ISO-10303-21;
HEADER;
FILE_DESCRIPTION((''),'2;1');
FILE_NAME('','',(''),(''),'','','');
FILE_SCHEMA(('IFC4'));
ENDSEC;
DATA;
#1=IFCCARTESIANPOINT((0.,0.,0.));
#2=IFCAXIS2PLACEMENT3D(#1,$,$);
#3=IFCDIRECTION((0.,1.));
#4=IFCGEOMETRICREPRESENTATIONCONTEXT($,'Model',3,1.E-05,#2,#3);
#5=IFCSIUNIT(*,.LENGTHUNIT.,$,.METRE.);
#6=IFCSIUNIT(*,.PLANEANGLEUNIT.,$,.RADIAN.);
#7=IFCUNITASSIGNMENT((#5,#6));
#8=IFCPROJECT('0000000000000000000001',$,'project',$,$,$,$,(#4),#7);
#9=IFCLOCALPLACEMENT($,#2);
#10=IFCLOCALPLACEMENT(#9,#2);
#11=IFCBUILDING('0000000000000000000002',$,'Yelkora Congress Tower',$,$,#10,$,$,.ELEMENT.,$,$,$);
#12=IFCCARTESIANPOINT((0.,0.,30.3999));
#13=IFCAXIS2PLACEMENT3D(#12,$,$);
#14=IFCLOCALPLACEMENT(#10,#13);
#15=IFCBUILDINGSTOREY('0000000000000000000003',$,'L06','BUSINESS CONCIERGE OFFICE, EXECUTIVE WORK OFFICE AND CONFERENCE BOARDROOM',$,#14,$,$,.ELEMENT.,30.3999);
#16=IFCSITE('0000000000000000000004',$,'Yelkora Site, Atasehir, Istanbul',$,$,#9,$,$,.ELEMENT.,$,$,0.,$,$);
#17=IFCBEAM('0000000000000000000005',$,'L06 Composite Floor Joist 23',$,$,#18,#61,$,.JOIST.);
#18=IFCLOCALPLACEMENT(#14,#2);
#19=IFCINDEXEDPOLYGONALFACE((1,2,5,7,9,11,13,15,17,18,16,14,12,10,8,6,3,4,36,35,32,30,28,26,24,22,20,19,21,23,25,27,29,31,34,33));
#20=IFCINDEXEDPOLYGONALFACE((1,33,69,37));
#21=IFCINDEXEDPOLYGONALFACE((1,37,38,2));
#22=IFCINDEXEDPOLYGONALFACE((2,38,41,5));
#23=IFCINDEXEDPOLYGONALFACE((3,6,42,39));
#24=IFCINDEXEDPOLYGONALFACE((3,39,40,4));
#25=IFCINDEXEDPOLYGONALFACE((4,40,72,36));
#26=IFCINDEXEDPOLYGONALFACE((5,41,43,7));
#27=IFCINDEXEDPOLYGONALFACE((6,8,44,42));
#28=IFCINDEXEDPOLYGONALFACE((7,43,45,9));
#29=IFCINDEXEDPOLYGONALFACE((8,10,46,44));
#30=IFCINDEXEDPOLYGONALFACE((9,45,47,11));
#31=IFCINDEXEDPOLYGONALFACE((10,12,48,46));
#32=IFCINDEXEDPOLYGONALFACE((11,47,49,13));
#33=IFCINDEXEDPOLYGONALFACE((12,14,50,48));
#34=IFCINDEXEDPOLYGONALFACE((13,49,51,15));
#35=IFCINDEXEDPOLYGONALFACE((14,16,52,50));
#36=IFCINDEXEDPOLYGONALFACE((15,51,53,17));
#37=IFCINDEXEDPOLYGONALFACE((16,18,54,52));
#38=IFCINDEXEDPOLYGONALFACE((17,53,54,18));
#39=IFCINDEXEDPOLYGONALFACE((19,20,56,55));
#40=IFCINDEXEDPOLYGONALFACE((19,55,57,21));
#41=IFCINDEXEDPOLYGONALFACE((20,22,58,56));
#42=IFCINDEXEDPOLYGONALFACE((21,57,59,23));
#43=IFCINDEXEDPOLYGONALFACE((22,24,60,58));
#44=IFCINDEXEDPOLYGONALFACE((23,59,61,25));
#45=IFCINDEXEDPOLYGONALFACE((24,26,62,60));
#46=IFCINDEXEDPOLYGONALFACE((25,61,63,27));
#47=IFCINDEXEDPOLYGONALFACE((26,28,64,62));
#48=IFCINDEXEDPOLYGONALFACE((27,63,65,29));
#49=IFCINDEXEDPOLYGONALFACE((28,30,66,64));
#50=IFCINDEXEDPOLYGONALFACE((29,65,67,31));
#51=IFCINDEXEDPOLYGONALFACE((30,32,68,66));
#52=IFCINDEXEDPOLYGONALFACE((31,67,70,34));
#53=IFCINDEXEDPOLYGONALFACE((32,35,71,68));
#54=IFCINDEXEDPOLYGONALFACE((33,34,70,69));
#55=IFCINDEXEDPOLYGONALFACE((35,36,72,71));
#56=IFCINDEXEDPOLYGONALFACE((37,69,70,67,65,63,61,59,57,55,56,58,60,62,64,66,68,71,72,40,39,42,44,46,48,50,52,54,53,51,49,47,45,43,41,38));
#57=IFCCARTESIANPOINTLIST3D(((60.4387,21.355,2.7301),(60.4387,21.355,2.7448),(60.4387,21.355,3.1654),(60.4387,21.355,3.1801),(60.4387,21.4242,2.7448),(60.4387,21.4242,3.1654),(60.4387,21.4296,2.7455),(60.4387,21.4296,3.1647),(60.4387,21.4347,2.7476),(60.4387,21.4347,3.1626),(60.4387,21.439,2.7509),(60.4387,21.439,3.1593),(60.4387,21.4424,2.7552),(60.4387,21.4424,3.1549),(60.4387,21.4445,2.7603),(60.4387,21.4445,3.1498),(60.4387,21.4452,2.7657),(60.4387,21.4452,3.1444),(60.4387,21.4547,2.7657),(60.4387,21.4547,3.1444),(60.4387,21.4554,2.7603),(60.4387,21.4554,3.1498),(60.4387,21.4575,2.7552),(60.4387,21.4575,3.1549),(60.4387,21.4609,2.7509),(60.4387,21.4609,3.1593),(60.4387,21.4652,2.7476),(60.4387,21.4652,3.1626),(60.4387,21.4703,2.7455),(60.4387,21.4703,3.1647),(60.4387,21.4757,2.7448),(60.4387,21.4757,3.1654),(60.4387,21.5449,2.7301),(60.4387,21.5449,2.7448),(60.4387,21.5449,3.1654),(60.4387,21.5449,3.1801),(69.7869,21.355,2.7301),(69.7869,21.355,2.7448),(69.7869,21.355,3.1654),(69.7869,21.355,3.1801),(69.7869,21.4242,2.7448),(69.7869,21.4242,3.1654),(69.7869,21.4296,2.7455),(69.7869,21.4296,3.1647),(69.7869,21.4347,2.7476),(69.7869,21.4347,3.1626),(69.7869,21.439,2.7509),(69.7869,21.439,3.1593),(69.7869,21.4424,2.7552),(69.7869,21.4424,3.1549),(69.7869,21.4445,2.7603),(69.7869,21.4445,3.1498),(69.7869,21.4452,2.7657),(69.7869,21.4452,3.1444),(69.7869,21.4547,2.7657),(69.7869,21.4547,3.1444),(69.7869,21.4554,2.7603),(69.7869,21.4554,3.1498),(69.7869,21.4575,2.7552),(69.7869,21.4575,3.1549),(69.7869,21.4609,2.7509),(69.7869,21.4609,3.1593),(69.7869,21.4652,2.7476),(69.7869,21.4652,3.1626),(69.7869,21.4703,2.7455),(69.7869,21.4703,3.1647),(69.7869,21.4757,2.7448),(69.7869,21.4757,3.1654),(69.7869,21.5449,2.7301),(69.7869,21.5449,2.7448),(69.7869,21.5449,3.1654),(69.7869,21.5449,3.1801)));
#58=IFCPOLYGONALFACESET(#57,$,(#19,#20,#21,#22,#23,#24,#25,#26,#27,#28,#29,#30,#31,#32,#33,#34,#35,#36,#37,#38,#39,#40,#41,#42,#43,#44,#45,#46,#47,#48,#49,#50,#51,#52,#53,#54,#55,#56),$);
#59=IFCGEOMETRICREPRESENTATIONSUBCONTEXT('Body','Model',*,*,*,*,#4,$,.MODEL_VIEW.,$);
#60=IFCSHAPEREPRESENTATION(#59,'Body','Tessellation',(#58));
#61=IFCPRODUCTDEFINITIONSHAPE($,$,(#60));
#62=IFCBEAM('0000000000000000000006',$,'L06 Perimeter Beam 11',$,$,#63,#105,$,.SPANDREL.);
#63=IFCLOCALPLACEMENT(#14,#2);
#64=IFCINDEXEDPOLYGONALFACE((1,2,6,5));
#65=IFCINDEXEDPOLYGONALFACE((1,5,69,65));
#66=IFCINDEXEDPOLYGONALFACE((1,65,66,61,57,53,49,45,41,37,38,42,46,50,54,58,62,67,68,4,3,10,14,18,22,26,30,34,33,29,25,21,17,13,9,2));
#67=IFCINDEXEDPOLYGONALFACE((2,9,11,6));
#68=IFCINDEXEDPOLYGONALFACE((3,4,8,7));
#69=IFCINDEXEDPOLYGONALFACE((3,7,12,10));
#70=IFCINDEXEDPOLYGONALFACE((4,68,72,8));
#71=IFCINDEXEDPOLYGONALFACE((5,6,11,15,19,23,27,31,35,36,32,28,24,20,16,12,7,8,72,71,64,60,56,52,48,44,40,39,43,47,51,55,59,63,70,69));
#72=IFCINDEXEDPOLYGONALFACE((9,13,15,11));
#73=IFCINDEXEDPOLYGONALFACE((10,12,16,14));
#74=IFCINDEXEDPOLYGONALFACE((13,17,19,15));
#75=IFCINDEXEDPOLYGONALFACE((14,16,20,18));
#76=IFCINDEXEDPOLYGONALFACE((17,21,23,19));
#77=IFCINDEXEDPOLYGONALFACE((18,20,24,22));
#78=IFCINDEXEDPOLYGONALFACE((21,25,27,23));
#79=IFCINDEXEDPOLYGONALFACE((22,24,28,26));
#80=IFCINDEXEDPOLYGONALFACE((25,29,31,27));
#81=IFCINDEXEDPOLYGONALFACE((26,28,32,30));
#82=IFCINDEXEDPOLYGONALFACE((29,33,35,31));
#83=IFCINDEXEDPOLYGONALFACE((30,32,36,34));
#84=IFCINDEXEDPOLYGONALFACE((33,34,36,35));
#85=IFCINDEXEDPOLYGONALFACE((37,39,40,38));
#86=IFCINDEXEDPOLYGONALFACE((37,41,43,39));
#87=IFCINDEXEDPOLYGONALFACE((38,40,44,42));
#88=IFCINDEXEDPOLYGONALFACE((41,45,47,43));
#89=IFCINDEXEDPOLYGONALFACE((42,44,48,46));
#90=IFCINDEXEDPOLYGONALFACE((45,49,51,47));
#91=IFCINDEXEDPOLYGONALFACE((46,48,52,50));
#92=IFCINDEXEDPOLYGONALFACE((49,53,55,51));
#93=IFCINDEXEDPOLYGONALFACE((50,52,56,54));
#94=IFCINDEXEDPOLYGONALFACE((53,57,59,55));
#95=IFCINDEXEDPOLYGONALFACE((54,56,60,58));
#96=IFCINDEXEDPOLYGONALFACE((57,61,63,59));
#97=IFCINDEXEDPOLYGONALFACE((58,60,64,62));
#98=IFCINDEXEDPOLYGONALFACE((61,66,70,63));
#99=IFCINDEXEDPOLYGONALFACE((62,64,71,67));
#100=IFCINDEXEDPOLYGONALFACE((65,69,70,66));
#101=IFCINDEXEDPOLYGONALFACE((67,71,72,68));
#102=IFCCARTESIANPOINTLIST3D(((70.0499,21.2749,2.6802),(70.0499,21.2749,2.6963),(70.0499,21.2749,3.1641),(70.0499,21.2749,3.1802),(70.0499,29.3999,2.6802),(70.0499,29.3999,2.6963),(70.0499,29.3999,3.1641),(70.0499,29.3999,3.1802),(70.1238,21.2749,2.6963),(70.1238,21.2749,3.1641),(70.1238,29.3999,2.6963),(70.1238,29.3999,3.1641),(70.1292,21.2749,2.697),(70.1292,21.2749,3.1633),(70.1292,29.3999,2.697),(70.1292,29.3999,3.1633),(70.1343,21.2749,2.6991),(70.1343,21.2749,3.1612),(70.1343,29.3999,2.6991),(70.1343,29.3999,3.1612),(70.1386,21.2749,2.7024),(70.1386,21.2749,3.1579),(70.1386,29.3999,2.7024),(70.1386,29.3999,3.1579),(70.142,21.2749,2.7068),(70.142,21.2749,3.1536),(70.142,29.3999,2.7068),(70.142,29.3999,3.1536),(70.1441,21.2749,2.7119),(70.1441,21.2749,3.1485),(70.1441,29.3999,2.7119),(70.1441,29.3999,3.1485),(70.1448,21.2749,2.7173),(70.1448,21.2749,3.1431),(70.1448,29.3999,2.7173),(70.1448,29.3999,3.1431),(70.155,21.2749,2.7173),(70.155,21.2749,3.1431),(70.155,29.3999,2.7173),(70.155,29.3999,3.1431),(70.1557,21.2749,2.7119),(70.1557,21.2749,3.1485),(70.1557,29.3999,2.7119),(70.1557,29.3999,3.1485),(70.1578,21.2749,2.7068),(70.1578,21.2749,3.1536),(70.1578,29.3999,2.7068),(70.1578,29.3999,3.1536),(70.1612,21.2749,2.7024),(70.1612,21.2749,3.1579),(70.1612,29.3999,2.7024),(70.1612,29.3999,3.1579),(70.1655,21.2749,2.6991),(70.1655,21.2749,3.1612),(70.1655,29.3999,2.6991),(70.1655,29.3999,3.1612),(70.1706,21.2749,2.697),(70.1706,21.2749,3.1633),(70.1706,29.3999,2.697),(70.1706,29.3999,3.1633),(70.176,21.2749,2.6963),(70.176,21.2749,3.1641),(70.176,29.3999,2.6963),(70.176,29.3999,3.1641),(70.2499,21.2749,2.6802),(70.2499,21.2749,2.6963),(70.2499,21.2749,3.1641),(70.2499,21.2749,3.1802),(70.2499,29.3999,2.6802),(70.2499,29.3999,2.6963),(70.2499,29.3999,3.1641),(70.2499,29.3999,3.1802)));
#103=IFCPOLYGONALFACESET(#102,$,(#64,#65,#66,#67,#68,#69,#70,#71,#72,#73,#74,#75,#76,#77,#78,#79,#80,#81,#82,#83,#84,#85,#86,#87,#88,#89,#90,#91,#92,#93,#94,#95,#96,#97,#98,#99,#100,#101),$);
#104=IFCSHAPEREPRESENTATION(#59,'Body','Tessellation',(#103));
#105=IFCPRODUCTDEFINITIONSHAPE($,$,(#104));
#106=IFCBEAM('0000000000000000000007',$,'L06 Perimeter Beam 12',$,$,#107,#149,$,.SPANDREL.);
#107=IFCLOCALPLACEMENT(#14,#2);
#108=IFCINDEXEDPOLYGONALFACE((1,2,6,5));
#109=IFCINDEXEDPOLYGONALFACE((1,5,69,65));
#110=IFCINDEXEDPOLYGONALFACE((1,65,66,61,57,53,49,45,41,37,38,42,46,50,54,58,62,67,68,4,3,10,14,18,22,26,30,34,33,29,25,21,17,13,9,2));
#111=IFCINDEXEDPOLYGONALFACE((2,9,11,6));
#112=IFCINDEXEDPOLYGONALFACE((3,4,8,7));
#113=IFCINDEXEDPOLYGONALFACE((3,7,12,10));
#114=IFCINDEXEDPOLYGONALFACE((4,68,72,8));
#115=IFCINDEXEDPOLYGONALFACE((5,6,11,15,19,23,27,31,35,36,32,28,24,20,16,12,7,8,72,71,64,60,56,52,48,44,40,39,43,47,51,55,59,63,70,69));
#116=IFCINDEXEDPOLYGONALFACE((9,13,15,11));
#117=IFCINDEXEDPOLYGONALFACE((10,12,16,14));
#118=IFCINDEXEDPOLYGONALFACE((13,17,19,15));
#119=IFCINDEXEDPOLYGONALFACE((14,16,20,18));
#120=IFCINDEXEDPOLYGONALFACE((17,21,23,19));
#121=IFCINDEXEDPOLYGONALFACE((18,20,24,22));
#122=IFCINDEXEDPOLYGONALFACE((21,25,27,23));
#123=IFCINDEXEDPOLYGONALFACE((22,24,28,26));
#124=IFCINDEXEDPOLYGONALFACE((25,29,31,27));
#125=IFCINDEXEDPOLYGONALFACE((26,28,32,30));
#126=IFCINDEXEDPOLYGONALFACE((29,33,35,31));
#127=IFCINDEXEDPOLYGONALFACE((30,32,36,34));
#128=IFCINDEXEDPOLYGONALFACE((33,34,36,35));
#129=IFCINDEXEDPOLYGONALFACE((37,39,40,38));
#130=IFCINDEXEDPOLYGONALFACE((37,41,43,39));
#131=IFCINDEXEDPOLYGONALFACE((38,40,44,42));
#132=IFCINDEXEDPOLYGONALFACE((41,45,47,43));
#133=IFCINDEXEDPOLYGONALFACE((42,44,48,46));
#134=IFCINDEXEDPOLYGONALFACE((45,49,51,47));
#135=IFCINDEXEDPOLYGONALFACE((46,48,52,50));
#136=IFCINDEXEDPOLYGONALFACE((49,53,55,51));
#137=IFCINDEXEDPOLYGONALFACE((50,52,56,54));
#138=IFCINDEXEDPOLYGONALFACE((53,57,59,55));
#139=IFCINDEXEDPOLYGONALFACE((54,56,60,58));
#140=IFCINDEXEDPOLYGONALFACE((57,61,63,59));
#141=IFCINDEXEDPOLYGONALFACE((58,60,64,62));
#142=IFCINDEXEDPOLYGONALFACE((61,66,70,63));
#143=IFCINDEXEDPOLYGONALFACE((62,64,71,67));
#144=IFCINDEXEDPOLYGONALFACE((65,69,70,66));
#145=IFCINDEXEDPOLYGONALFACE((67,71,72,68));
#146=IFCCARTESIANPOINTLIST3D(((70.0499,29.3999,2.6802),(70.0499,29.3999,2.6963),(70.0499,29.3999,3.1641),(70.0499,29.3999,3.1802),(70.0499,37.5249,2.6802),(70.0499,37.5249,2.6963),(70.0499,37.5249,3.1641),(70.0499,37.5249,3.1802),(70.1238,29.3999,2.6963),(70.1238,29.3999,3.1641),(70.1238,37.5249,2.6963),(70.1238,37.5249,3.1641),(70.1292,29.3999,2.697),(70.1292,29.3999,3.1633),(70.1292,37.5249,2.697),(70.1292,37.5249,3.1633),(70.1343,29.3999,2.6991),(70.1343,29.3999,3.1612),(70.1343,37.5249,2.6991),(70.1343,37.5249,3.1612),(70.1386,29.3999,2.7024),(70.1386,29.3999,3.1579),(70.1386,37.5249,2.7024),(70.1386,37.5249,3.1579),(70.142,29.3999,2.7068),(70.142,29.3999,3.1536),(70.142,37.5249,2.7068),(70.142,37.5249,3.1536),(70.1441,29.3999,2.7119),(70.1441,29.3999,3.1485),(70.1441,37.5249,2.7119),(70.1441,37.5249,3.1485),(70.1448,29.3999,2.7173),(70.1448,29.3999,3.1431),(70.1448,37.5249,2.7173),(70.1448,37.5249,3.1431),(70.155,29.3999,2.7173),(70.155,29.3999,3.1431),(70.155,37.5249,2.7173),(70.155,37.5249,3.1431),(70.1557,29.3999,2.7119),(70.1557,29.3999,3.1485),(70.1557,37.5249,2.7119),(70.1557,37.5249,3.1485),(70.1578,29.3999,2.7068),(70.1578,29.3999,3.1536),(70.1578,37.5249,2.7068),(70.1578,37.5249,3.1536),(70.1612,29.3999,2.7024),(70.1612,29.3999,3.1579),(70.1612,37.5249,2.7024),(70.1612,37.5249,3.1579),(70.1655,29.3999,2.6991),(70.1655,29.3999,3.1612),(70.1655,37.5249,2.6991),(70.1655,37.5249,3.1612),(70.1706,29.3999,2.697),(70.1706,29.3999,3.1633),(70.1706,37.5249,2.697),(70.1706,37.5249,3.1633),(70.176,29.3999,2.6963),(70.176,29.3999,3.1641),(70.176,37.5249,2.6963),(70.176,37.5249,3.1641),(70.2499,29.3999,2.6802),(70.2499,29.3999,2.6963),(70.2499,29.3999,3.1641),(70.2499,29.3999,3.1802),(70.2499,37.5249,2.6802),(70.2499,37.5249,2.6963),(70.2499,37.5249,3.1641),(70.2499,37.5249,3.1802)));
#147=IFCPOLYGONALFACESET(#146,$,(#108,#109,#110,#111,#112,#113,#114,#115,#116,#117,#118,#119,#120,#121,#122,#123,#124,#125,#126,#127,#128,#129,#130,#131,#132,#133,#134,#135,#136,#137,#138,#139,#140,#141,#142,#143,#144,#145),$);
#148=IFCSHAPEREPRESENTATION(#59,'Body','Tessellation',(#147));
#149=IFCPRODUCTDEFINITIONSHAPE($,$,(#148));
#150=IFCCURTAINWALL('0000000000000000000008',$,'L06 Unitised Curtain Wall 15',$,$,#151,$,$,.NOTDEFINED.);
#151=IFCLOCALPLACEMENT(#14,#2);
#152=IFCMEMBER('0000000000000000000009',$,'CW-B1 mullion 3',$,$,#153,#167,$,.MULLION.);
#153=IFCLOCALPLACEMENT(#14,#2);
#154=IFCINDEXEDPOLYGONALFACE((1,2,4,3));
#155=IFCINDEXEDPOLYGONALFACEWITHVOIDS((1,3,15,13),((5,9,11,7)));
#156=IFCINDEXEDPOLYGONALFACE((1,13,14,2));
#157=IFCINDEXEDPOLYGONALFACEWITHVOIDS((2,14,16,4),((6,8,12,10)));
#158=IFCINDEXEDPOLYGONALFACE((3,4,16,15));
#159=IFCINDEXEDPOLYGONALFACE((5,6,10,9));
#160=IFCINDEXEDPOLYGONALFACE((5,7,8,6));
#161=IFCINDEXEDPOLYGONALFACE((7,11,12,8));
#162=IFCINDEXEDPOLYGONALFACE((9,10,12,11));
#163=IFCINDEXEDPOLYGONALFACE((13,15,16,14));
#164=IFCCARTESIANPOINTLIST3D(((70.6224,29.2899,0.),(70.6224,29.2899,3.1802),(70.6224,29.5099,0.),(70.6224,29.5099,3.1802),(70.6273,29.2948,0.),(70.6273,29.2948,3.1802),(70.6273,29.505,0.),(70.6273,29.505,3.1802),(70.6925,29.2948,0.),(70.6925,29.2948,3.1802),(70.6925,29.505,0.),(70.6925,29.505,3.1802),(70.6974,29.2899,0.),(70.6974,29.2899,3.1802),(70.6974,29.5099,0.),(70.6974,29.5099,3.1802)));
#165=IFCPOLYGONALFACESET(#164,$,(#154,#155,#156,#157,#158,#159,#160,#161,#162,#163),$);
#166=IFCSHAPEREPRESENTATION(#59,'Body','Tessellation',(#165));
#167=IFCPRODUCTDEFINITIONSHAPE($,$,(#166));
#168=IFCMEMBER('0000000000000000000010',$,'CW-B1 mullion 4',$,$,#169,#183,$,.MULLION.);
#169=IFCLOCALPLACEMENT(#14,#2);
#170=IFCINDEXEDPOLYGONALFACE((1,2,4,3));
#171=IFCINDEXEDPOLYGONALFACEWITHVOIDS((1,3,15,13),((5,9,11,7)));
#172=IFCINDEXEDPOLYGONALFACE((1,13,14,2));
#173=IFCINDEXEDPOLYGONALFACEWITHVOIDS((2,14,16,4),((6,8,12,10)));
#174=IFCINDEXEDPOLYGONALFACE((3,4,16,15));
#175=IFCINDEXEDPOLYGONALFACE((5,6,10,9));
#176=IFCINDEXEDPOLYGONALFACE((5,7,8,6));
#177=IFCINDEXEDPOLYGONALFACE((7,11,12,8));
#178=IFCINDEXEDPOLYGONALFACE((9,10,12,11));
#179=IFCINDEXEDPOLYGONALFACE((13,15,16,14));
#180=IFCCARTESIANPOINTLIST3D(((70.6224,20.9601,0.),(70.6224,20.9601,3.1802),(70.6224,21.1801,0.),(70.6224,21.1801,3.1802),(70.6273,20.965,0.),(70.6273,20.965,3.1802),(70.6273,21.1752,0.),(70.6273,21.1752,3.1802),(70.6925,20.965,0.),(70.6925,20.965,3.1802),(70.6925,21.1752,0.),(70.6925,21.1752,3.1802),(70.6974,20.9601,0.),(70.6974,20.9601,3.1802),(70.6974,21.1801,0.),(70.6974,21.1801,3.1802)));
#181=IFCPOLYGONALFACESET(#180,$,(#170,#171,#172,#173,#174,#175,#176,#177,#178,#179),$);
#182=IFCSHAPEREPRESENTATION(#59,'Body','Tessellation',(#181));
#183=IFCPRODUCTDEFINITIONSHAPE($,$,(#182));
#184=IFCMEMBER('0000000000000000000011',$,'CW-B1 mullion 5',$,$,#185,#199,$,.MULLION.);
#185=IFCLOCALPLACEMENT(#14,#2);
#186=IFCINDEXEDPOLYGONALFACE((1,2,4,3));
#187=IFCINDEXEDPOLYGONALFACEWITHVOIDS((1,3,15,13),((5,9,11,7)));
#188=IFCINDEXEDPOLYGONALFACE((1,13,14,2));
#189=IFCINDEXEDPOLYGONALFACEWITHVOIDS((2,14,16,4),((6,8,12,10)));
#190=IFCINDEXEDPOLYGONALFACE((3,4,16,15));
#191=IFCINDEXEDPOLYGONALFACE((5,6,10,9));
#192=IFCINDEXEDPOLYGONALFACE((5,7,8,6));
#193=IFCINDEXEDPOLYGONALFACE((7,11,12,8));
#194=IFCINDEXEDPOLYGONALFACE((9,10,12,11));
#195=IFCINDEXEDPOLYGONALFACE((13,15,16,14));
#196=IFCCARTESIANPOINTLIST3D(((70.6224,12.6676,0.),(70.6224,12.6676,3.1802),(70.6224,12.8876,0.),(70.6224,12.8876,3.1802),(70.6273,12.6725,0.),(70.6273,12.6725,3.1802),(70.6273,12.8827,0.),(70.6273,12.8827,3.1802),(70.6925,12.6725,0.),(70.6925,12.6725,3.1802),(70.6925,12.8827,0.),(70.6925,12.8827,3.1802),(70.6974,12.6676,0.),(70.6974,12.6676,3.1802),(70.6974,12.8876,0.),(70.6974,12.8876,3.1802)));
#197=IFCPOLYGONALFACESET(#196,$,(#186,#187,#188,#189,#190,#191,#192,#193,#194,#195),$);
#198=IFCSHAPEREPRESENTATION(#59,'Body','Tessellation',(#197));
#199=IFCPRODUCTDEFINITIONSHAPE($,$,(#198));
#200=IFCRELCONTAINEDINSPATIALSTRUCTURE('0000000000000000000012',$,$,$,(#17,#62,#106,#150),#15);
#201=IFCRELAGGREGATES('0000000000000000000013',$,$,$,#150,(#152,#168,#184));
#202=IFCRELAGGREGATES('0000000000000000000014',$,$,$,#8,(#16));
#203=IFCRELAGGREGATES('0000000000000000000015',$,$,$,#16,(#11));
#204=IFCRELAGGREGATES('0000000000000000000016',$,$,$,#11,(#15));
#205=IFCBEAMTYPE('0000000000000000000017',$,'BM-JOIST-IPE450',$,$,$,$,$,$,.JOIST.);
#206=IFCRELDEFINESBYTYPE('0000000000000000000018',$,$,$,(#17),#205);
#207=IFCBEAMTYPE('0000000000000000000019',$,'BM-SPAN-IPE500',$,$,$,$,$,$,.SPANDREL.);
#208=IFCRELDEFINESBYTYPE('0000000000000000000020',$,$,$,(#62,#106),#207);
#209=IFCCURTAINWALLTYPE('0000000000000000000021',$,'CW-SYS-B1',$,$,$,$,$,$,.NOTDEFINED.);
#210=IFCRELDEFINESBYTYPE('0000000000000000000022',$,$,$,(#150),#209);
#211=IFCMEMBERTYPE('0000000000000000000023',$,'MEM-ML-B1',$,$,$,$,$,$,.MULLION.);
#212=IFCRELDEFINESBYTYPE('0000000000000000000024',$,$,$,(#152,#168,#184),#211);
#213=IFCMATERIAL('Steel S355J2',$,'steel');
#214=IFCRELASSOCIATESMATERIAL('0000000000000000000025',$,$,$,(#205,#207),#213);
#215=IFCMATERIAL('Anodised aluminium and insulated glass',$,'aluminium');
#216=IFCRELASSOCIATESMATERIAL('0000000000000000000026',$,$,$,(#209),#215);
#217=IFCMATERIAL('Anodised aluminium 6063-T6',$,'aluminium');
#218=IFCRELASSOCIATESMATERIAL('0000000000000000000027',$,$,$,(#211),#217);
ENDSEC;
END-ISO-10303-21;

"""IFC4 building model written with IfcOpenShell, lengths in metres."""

from ifc_helpers import new_model, si_unit, direction, frame, origin, origin_2d, place, context, subcontext, project, spatial, hollow_rectangle, i_section, extrude, material, material_profile, profile_set, type_object, element, aggregate, save


model = new_model("IFC4")

# Units and contexts
model_context = context("Model", 3, precision=1e-05, world=origin(), true_north=direction((0.0, 1.0)))
body_context = subcontext(model_context, "Body", "Model", "MODEL_VIEW")
ifc_project = project(units=[si_unit("LENGTHUNIT", "METRE"), si_unit("PLANEANGLEUNIT", "RADIAN")], contexts=[model_context])

# Site, building, storey
site_placement = place(None, origin())
site = spatial("IfcSite", under=ifc_project, at=site_placement, Name="Yelkora Site, Atasehir, Istanbul", CompositionType="ELEMENT", RefElevation=0.0)
building_placement = place(site_placement, origin())
building = spatial("IfcBuilding", under=site, at=building_placement, Name="Yelkora Congress Tower", CompositionType="ELEMENT")
storey_placement = place(building_placement, frame((0.0, 0.0, 30.3999)))
storey = spatial("IfcBuildingStorey", under=building, at=storey_placement, Name="L06", Description="BUSINESS CONCIERGE OFFICE, EXECUTIVE WORK OFFICE AND CONFERENCE BOARDROOM", CompositionType="ELEMENT", Elevation=30.3999)

# Beams
ifc_material_1 = material(Name="Steel S355J2", Category="steel")
ifc_material_profile_1 = material_profile(ifc_material_1, i_section(OverallWidth=0.1899, OverallDepth=0.45, WebThickness=0.0095, FlangeThickness=0.0146, FilletRadius=0.021, at=origin_2d()), Name="IPE 450")
ifc_profile_set_1 = profile_set([ifc_material_profile_1], Name="Steel S355J2")
beam_type_1 = type_object("IfcBeamType", Name="BM-JOIST-IPE450", PredefinedType="JOIST", material=ifc_profile_set_1)
beam_1_placement = place(storey_placement, frame((60.4387, 21.45, 2.9551), z_axis=(1.0, 0.0, 0.0), x_axis=(0.0, 1.0, 0.0)))
element("IfcBeam", 1, at=beam_1_placement, inside=storey, type_object=beam_type_1, Name="L06 Composite Floor Joist 23", PredefinedType="JOIST", context=body_context, shape_type="SweptSolid", body=[
    extrude(i_section(OverallWidth=0.1899, OverallDepth=0.45, WebThickness=0.0095, FlangeThickness=0.0146, FilletRadius=0.021, at=origin_2d()), origin(), (0.0, 0.0, 1.0), 9.3481),
])
ifc_material_profile_2 = material_profile(ifc_material_1, i_section(OverallWidth=0.2, OverallDepth=0.5, WebThickness=0.0103, FlangeThickness=0.0161, FilletRadius=0.021, at=origin_2d()), Name="IPE 500")
ifc_profile_set_2 = profile_set([ifc_material_profile_2], Name="Steel S355J2")
beam_type_2 = type_object("IfcBeamType", Name="BM-SPAN-IPE500", PredefinedType="SPANDREL", material=ifc_profile_set_2)
for number, where, z_axis, x_axis, name in (
    (2, (70.1499, 21.2749, 2.9302), (0.0, 1.0, 0.0), (-1.0, 0.0, 0.0), "L06 Perimeter Beam 11"),
    (3, (70.1499, 29.3999, 2.9302), (0.0, 1.0, 0.0), (-1.0, 0.0, 0.0), "L06 Perimeter Beam 12"),
):
    element("IfcBeam", number, at=place(storey_placement, frame(where, z_axis=z_axis, x_axis=x_axis)), inside=storey, type_object=beam_type_2, Name=name, PredefinedType="SPANDREL", context=body_context, shape_type="SweptSolid", body=[
        extrude(i_section(OverallWidth=0.2, OverallDepth=0.5, WebThickness=0.0103, FlangeThickness=0.0161, FilletRadius=0.021, at=origin_2d()), origin(), (0.0, 0.0, 1.0), 8.125),
    ])

# Curtain wall, members
ifc_material_2 = material(Name="Anodised aluminium and insulated glass", Category="aluminium")
curtain_wall_type = type_object("IfcCurtainWallType", Name="CW-SYS-B1", PredefinedType="NOTDEFINED", material=ifc_material_2)
curtain_wall_placement = place(storey_placement, origin())
curtain_wall = element("IfcCurtainWall", 4, at=curtain_wall_placement, inside=storey, type_object=curtain_wall_type, Name="L06 Unitised Curtain Wall 15", PredefinedType="NOTDEFINED")
ifc_material_3 = material(Name="Anodised aluminium 6063-T6", Category="aluminium")
ifc_material_profile_3 = material_profile(ifc_material_3, hollow_rectangle(XDim=0.075, YDim=0.22, WallThickness=0.0049, at=origin_2d()), Name="ALU 75x220x5")
ifc_profile_set_3 = profile_set([ifc_material_profile_3], Name="Anodised aluminium 6063-T6")
member_type_1 = type_object("IfcMemberType", Name="MEM-ML-B1", PredefinedType="MULLION", material=ifc_profile_set_3)
member_1_placement = place(storey_placement, frame((70.6599, 29.3999, 0.0), z_axis=(0.0, 0.0, 1.0), x_axis=(1.0, 0.0, 0.0)))
member_1 = element("IfcMember", 5, at=member_1_placement, type_object=member_type_1, Name="CW-B1 mullion 3", PredefinedType="MULLION", context=body_context, shape_type="SweptSolid", body=[
    extrude(hollow_rectangle(XDim=0.075, YDim=0.22, WallThickness=0.0049, at=origin_2d()), origin(), (0.0, 0.0, 1.0), 3.1802),
])
member_2_placement = place(storey_placement, frame((70.6599, 21.0701, 0.0), z_axis=(0.0, 0.0, 1.0), x_axis=(1.0, 0.0, 0.0)))
member_2 = element("IfcMember", 6, at=member_2_placement, type_object=member_type_1, Name="CW-B1 mullion 4", PredefinedType="MULLION", context=body_context, shape_type="SweptSolid", body=[
    extrude(hollow_rectangle(XDim=0.075, YDim=0.22, WallThickness=0.0049, at=origin_2d()), origin(), (0.0, 0.0, 1.0), 3.1802),
])
member_3_placement = place(storey_placement, frame((70.6599, 12.7776, 0.0), z_axis=(0.0, 0.0, 1.0), x_axis=(1.0, 0.0, 0.0)))
member_3 = element("IfcMember", 7, at=member_3_placement, type_object=member_type_1, Name="CW-B1 mullion 5", PredefinedType="MULLION", context=body_context, shape_type="SweptSolid", body=[
    extrude(hollow_rectangle(XDim=0.075, YDim=0.22, WallThickness=0.0049, at=origin_2d()), origin(), (0.0, 0.0, 1.0), 3.1802),
])
aggregate(curtain_wall, [member_1, member_2, member_3])

save(model, "model.ifc")
